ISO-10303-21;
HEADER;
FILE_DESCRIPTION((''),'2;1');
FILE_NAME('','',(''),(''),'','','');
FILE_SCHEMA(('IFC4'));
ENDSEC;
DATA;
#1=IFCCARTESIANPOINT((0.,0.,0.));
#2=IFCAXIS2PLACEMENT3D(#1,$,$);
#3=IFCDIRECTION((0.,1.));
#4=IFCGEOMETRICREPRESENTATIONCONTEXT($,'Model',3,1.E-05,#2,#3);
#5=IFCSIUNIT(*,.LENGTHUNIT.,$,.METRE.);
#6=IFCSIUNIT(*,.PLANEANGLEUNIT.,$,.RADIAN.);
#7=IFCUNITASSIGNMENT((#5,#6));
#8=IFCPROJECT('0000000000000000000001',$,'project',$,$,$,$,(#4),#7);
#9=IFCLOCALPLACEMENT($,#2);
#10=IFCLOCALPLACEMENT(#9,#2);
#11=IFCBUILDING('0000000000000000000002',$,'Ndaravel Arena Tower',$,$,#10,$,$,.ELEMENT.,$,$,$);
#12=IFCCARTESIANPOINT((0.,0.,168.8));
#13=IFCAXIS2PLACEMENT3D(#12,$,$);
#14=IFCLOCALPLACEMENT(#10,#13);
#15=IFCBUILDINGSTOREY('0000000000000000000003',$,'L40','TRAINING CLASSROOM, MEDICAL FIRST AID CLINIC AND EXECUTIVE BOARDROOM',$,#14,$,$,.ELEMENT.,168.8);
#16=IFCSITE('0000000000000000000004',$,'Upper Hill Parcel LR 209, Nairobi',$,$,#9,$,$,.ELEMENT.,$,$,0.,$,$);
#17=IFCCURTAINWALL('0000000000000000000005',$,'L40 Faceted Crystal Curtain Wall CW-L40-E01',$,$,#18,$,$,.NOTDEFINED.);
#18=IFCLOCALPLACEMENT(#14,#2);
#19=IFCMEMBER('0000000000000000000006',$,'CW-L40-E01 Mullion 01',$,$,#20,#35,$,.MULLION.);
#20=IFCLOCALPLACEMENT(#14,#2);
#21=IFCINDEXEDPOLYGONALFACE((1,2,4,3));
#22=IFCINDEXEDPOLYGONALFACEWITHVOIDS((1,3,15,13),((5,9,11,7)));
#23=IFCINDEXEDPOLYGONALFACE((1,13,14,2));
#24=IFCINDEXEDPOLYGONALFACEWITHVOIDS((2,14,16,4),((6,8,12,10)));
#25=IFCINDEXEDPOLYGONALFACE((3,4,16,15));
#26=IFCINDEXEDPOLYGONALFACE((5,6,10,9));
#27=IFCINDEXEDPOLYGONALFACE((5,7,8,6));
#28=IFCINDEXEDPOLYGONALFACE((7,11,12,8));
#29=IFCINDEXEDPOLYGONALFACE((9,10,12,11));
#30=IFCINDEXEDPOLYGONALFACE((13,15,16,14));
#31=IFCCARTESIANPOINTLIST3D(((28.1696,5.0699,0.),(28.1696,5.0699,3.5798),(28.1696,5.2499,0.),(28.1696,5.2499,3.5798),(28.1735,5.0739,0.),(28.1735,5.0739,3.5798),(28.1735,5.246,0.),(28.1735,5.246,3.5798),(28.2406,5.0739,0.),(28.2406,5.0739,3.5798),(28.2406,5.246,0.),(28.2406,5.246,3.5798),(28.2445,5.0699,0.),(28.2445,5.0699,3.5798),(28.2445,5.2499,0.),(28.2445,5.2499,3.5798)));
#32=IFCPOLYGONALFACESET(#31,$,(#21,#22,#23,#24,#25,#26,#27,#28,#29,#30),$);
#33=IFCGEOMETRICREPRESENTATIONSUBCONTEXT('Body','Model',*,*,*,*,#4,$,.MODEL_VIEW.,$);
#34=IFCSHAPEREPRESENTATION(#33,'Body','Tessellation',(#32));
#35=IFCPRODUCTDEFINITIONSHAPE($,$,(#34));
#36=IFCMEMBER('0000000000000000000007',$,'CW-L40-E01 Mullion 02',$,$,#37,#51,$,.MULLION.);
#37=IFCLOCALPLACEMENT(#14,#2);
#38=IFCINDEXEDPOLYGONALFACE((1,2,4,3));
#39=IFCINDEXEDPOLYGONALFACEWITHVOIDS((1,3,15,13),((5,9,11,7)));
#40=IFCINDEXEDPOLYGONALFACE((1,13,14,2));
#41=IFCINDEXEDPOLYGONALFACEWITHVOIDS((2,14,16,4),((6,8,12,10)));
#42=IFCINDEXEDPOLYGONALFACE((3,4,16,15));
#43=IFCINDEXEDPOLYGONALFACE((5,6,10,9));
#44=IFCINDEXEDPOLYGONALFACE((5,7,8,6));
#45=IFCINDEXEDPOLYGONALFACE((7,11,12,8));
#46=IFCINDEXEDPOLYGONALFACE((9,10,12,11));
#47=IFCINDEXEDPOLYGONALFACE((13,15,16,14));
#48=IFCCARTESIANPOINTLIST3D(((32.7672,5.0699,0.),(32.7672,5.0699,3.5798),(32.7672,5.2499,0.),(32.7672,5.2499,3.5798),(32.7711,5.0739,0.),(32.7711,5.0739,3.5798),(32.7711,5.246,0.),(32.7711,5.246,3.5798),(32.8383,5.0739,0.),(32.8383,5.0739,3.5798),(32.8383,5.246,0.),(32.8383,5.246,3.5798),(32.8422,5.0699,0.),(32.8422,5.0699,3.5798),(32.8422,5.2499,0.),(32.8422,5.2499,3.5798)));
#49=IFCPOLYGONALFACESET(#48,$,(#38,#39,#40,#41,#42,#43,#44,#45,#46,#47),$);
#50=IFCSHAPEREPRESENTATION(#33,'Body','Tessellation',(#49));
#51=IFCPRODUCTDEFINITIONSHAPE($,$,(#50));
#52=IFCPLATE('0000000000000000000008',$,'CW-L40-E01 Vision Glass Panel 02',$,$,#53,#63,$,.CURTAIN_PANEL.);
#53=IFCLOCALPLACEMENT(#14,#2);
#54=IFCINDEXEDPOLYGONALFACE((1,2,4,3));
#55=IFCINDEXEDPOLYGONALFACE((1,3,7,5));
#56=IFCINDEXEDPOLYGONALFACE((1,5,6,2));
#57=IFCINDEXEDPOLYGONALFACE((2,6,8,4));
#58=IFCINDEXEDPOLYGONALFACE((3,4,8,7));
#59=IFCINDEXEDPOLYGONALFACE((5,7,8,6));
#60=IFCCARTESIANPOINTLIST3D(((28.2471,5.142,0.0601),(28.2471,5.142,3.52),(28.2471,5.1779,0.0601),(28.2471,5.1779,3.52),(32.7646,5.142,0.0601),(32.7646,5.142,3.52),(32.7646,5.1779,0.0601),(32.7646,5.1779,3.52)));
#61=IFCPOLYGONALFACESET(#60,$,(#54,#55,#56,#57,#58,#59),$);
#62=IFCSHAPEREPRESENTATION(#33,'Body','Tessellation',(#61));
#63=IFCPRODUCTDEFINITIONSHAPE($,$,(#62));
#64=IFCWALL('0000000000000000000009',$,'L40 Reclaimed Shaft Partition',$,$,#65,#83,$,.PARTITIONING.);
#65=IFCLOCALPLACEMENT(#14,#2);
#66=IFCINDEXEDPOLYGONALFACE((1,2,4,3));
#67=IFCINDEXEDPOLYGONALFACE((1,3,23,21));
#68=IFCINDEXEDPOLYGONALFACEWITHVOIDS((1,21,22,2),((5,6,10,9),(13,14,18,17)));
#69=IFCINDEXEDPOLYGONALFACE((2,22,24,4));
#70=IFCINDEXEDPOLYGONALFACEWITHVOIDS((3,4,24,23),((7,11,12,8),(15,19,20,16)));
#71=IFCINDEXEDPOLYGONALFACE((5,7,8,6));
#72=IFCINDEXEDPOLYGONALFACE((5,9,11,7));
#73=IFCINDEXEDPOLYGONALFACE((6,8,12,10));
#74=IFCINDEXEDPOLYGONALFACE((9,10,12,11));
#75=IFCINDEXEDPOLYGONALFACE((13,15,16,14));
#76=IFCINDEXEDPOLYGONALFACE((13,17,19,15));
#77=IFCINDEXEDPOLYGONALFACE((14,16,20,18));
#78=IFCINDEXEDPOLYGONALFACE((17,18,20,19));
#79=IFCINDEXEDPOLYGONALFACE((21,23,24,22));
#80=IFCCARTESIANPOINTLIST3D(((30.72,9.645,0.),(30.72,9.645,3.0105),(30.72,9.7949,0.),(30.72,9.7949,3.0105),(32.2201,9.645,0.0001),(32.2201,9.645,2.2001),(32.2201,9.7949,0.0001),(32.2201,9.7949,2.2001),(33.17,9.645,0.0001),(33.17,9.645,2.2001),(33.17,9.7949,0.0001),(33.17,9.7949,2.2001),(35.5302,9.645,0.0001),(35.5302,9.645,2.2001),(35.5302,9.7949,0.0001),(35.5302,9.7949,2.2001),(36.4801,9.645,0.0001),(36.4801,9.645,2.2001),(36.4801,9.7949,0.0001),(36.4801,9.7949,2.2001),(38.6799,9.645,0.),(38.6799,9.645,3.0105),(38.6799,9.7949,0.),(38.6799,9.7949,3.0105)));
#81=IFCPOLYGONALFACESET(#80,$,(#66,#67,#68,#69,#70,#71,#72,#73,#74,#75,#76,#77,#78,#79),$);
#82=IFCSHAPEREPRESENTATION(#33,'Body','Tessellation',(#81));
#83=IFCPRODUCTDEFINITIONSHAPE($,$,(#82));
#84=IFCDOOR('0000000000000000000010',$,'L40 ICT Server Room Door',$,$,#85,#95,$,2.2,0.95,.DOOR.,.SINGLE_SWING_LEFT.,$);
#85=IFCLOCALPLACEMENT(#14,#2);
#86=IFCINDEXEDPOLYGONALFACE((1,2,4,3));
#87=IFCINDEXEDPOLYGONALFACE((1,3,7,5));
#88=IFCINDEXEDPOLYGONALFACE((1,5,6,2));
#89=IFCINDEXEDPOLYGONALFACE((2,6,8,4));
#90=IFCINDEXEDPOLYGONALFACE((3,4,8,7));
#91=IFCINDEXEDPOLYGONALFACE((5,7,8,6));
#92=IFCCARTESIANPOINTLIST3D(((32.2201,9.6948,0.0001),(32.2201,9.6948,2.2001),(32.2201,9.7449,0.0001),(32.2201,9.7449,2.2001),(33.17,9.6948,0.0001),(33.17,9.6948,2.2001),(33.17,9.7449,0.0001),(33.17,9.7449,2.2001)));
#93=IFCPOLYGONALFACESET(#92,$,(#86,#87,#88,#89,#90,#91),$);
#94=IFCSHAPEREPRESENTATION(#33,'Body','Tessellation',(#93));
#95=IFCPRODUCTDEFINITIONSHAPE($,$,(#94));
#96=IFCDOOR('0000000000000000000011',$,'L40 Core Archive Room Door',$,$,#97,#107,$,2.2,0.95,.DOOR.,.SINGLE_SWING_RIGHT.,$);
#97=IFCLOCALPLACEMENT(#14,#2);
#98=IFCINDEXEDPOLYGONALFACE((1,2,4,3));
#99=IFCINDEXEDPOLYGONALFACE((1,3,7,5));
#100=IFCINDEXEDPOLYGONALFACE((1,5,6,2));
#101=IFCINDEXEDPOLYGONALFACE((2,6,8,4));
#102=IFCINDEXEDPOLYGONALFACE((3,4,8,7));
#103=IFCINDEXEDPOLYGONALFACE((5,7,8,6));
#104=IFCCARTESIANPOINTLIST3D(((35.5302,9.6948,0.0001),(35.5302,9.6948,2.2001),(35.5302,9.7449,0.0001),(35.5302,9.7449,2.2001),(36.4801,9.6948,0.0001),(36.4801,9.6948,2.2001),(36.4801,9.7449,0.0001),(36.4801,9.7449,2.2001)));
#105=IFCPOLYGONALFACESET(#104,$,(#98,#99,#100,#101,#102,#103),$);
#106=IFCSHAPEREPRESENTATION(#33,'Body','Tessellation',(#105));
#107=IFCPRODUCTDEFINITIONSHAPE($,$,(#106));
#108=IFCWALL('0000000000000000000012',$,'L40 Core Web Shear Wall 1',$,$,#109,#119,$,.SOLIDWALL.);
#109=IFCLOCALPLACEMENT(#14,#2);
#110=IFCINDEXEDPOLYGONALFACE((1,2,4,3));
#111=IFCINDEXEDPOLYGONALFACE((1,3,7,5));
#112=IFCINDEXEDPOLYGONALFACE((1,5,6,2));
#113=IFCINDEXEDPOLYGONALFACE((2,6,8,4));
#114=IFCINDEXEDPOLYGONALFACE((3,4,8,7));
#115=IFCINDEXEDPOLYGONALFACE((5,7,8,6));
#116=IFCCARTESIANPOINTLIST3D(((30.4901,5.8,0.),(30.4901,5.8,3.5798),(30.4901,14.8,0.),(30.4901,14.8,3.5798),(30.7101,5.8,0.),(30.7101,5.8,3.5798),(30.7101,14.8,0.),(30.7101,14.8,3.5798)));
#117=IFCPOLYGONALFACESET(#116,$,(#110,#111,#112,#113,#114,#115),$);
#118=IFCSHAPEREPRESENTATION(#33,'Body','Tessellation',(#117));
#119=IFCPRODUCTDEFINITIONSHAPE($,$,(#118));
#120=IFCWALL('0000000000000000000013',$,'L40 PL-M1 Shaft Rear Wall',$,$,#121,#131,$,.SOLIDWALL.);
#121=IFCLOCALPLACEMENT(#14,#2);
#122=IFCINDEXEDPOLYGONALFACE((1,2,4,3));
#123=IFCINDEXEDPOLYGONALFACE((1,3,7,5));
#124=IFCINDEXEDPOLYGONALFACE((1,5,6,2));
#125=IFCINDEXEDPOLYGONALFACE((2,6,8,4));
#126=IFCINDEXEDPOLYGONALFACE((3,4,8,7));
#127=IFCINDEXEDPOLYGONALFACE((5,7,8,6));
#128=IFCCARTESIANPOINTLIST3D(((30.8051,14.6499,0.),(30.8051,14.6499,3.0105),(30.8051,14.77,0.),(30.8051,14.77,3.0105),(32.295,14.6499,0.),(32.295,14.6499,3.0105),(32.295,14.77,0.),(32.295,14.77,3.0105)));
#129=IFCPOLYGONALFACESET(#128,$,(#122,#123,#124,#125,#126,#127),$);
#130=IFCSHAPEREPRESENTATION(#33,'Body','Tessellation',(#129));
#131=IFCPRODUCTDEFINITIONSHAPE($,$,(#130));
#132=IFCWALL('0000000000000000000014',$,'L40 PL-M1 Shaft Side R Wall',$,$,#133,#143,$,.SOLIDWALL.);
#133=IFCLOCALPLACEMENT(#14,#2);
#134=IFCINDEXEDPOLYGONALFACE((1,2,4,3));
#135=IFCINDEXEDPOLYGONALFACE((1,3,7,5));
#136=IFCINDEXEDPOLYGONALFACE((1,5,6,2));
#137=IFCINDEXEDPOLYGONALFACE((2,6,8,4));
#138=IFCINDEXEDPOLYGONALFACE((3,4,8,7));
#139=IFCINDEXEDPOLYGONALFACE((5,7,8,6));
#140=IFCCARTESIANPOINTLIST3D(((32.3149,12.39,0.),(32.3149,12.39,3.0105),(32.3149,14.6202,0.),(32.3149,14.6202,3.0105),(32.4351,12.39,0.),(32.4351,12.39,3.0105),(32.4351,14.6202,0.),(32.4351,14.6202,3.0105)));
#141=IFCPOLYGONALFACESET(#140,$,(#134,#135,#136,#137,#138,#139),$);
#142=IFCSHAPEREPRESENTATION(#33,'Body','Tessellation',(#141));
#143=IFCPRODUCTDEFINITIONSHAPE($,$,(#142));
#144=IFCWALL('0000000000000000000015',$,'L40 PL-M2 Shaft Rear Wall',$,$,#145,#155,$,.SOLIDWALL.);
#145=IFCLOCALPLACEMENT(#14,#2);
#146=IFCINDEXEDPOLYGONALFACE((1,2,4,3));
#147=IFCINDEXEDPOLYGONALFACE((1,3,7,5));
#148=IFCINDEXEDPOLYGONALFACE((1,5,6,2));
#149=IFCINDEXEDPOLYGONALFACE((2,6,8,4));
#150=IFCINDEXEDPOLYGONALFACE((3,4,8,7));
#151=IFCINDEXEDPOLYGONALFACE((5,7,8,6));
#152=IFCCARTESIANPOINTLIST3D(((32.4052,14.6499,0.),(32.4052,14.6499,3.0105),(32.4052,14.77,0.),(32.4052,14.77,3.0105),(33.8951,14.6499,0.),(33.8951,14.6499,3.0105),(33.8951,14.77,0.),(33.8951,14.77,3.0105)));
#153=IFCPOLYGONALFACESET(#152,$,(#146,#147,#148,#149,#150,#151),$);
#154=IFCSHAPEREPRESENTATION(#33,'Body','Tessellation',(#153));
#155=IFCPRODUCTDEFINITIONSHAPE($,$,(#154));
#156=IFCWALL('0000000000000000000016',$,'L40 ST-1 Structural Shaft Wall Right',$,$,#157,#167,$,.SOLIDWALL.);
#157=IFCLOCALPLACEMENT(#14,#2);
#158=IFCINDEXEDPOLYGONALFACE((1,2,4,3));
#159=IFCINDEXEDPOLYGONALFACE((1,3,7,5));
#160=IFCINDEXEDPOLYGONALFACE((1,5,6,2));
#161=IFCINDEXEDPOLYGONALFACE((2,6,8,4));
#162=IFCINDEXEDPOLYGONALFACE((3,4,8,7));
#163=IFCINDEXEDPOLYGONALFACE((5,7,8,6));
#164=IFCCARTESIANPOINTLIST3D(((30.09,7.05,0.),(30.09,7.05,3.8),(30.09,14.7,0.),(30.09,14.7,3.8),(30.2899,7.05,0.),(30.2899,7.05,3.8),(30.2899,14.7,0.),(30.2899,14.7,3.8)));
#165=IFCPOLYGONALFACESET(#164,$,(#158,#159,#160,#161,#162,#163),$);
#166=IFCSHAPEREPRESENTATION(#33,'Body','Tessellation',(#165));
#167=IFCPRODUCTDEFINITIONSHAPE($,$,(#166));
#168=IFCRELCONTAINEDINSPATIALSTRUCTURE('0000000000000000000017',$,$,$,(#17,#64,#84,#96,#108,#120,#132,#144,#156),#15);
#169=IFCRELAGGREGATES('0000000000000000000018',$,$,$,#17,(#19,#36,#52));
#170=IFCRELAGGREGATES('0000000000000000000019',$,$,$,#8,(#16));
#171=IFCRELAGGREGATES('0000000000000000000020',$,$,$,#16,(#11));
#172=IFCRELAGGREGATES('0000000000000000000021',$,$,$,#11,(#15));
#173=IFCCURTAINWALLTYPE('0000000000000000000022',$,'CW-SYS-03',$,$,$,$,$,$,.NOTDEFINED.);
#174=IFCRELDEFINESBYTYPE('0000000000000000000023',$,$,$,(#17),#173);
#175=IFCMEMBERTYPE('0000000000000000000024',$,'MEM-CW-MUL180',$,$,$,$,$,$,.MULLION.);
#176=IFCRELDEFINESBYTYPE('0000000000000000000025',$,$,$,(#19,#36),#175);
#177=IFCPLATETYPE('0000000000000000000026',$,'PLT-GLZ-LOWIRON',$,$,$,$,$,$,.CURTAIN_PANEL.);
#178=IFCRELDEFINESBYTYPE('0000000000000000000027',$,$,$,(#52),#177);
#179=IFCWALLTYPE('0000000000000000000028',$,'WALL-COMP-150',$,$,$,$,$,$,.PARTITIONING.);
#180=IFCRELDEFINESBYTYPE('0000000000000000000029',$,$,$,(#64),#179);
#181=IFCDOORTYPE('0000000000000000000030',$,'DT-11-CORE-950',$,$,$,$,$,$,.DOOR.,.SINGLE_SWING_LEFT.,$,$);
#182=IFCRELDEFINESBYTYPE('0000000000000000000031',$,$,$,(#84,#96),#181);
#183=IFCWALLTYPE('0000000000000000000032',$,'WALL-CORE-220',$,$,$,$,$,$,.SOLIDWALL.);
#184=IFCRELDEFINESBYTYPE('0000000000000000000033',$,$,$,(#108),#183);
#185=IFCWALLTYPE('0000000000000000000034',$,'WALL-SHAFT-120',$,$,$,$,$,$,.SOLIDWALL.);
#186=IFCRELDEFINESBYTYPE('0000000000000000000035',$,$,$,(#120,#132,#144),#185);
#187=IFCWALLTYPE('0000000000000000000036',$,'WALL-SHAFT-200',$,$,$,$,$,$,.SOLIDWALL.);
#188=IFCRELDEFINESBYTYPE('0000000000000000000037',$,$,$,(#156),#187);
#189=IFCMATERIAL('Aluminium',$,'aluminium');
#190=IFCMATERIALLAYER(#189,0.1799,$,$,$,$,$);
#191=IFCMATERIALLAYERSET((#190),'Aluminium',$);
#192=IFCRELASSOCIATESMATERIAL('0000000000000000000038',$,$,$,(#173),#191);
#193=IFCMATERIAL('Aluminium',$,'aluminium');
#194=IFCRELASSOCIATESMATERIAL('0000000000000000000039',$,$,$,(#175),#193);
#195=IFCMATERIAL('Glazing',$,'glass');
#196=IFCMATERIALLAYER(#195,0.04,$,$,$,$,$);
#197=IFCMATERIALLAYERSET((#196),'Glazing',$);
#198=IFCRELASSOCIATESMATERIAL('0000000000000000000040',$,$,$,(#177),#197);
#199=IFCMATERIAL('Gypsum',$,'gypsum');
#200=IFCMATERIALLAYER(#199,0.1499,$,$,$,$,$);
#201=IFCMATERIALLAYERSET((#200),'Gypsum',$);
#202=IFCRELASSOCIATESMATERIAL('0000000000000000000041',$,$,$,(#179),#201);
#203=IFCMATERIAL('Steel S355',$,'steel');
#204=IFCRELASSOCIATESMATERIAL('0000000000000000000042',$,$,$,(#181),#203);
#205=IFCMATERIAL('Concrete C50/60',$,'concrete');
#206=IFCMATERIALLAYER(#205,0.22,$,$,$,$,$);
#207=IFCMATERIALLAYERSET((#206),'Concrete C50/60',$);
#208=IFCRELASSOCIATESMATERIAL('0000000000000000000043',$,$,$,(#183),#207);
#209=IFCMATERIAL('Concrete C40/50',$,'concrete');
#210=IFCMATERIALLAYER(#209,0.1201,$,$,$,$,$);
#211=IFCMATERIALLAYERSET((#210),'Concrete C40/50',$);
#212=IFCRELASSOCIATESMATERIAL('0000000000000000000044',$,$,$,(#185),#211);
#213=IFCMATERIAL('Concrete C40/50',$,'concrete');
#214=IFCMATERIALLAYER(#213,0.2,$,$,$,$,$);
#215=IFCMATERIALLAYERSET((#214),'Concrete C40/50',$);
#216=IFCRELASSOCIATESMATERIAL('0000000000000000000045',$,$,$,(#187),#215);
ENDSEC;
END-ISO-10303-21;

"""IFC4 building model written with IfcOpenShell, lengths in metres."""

from ifc_helpers import new_model, si_unit, direction, frame, frame_2d, origin, origin_2d, place, context, subcontext, project, spatial, rectangle, hollow_rectangle, extrude, material, layer, layer_set, material_profile, profile_set, type_object, element, fill, aggregate, save


model = new_model("IFC4")

# Units and contexts
model_context = context("Model", 3, precision=1e-05, world=origin(), true_north=direction((0.0, 1.0)))
body_context = subcontext(model_context, "Body", "Model", "MODEL_VIEW")
ifc_project = project(units=[si_unit("LENGTHUNIT", "METRE"), si_unit("PLANEANGLEUNIT", "RADIAN")], contexts=[model_context])

# Site, building, storey
site_placement = place(None, origin())
site = spatial("IfcSite", under=ifc_project, at=site_placement, Name="Upper Hill Parcel LR 209, Nairobi", CompositionType="ELEMENT", RefElevation=0.0)
building_placement = place(site_placement, origin())
building = spatial("IfcBuilding", under=site, at=building_placement, Name="Ndaravel Arena Tower", CompositionType="ELEMENT")
storey_placement = place(building_placement, frame((0.0, 0.0, 168.8)))
storey = spatial("IfcBuildingStorey", under=building, at=storey_placement, Name="L40", Description="TRAINING CLASSROOM, MEDICAL FIRST AID CLINIC AND EXECUTIVE BOARDROOM", CompositionType="ELEMENT", Elevation=168.8)

# Curtain wall, members, plate
ifc_material_1 = material(Name="Aluminium", Category="aluminium")
ifc_layer_1 = layer(ifc_material_1, 0.1799)
ifc_layer_set_1 = layer_set([ifc_layer_1], Name="Aluminium")
curtain_wall_type = type_object("IfcCurtainWallType", Name="CW-SYS-03", PredefinedType="NOTDEFINED", material=ifc_layer_set_1)
curtain_wall_placement = place(storey_placement, origin())
curtain_wall = element("IfcCurtainWall", 1, at=curtain_wall_placement, inside=storey, type_object=curtain_wall_type, Name="L40 Faceted Crystal Curtain Wall CW-L40-E01", PredefinedType="NOTDEFINED")
ifc_material_2 = material(Name="Aluminium", Category="aluminium")
ifc_material_profile = material_profile(ifc_material_2, hollow_rectangle(XDim=0.075, YDim=0.1799, WallThickness=0.0039, at=origin_2d()), Name="CW MULLION 75x180x4")
ifc_profile_set = profile_set([ifc_material_profile], Name="Aluminium")
member_type = type_object("IfcMemberType", Name="MEM-CW-MUL180", PredefinedType="MULLION", material=ifc_profile_set)
member_1_placement = place(storey_placement, frame((28.207, 5.1599, 0.0), z_axis=(0.0, 0.0, 1.0), x_axis=(1.0, 0.0, 0.0)))
member_1 = element("IfcMember", 2, at=member_1_placement, type_object=member_type, Name="CW-L40-E01 Mullion 01", PredefinedType="MULLION", context=body_context, shape_type="SweptSolid", body=[
    extrude(hollow_rectangle(XDim=0.075, YDim=0.1799, WallThickness=0.0039, at=origin_2d()), origin(), (0.0, 0.0, 1.0), 3.5798),
])
member_2_placement = place(storey_placement, frame((32.8047, 5.1599, 0.0), z_axis=(0.0, 0.0, 1.0), x_axis=(1.0, 0.0, 0.0)))
member_2 = element("IfcMember", 3, at=member_2_placement, type_object=member_type, Name="CW-L40-E01 Mullion 02", PredefinedType="MULLION", context=body_context, shape_type="SweptSolid", body=[
    extrude(hollow_rectangle(XDim=0.075, YDim=0.1799, WallThickness=0.0039, at=origin_2d()), origin(), (0.0, 0.0, 1.0), 3.5798),
])
ifc_material_3 = material(Name="Glazing", Category="glass")
ifc_layer_2 = layer(ifc_material_3, 0.04)
ifc_layer_set_2 = layer_set([ifc_layer_2], Name="Glazing")
plate_type = type_object("IfcPlateType", Name="PLT-GLZ-LOWIRON", PredefinedType="CURTAIN_PANEL", material=ifc_layer_set_2)
plate_placement = place(storey_placement, frame((30.5059, 5.1599, 0.0601), z_axis=(0.0, 0.0, 1.0), x_axis=(1.0, 0.0, 0.0)))
plate = element("IfcPlate", 4, at=plate_placement, type_object=plate_type, Name="CW-L40-E01 Vision Glass Panel 02", PredefinedType="CURTAIN_PANEL", context=body_context, shape_type="SweptSolid", body=[
    extrude(rectangle(XDim=4.5176, YDim=0.0359, at=origin_2d()), origin(), (0.0, 0.0, 1.0), 3.46),
])
aggregate(curtain_wall, [member_1, member_2, plate])

# Wall, openings, doors
ifc_material_4 = material(Name="Gypsum", Category="gypsum")
ifc_layer_3 = layer(ifc_material_4, 0.1499)
ifc_layer_set_3 = layer_set([ifc_layer_3], Name="Gypsum")
wall_type_1 = type_object("IfcWallType", Name="WALL-COMP-150", PredefinedType="PARTITIONING", material=ifc_layer_set_3)
wall_1_placement = place(storey_placement, frame((30.72, 9.72, 0.0), z_axis=(0.0, 0.0, 1.0), x_axis=(1.0, 0.0, 0.0)))
wall_1 = element("IfcWall", 5, at=wall_1_placement, inside=storey, type_object=wall_type_1, Name="L40 Reclaimed Shaft Partition", PredefinedType="PARTITIONING", context=body_context, shape_type="SweptSolid", body=[
    extrude(rectangle(XDim=7.96, YDim=0.1499, at=frame_2d((3.98, 0.0))), origin(), (0.0, 0.0, 1.0), 3.0105),
])
opening_1_placement = place(wall_1_placement, frame((1.5, 0.0, 0.0)))
opening_1 = element("IfcOpeningElement", 6, at=opening_1_placement, cuts=wall_1, PredefinedType="OPENING", context=body_context, shape_type="SweptSolid", body=[
    extrude(rectangle(XDim=0.95, YDim=2.2, at=frame_2d((0.4751, 1.1001))), frame((0.0, 0.075, 0.0), z_axis=(0.0, -1.0, 0.0), x_axis=(1.0, 0.0, 0.0)), (0.0, 0.0, 1.0), 0.1499),
])
opening_2_placement = place(wall_1_placement, frame((4.8101, 0.0, 0.0)))
opening_2 = element("IfcOpeningElement", 7, at=opening_2_placement, cuts=wall_1, PredefinedType="OPENING", context=body_context, shape_type="SweptSolid", body=[
    extrude(rectangle(XDim=0.95, YDim=2.2, at=frame_2d((0.4751, 1.1001))), frame((0.0, 0.075, 0.0), z_axis=(0.0, -1.0, 0.0), x_axis=(1.0, 0.0, 0.0)), (0.0, 0.0, 1.0), 0.1499),
])
ifc_material_5 = material(Name="Steel S355", Category="steel")
door_type_1 = type_object("IfcDoorType", Name="DT-11-CORE-950", OperationType="SINGLE_SWING_LEFT", PredefinedType="DOOR", material=ifc_material_5)
door_1_placement = place(opening_1_placement, origin())
door_1 = element("IfcDoor", 8, at=door_1_placement, inside=storey, type_object=door_type_1, Name="L40 ICT Server Room Door", OperationType="SINGLE_SWING_LEFT", OverallHeight=2.2, OverallWidth=0.95, PredefinedType="DOOR", context=body_context, shape_type="SweptSolid", body=[
    extrude(rectangle(XDim=0.95, YDim=2.2, at=frame_2d((0.4751, 1.1001))), frame((0.0, 0.0249, 0.0), z_axis=(0.0, -1.0, 0.0), x_axis=(1.0, 0.0, 0.0)), (0.0, 0.0, 1.0), 0.05),
])
fill(opening_1, door_1)
door_2_placement = place(opening_2_placement, origin())
door_2 = element("IfcDoor", 9, at=door_2_placement, inside=storey, type_object=door_type_1, Name="L40 Core Archive Room Door", OperationType="SINGLE_SWING_RIGHT", OverallHeight=2.2, OverallWidth=0.95, PredefinedType="DOOR", context=body_context, shape_type="SweptSolid", body=[
    extrude(rectangle(XDim=0.95, YDim=2.2, at=frame_2d((0.4751, 1.1001))), frame((0.0, 0.0249, 0.0), z_axis=(0.0, -1.0, 0.0), x_axis=(1.0, 0.0, 0.0)), (0.0, 0.0, 1.0), 0.05),
])
fill(opening_2, door_2)

# Walls
ifc_material_6 = material(Name="Concrete C50/60", Category="concrete")
ifc_layer_4 = layer(ifc_material_6, 0.22)
ifc_layer_set_4 = layer_set([ifc_layer_4], Name="Concrete C50/60")
wall_type_2 = type_object("IfcWallType", Name="WALL-CORE-220", PredefinedType="SOLIDWALL", material=ifc_layer_set_4)
wall_2_placement = place(storey_placement, frame((30.6001, 5.8, 0.0), z_axis=(0.0, 0.0, 1.0), x_axis=(0.0, 1.0, 0.0)))
element("IfcWall", 10, at=wall_2_placement, inside=storey, type_object=wall_type_2, Name="L40 Core Web Shear Wall 1", PredefinedType="SOLIDWALL", context=body_context, shape_type="SweptSolid", body=[
    extrude(rectangle(XDim=9.0, YDim=0.22, at=frame_2d((4.5, 0.0))), origin(), (0.0, 0.0, 1.0), 3.5798),
])
ifc_material_7 = material(Name="Concrete C40/50", Category="concrete")
ifc_layer_5 = layer(ifc_material_7, 0.1201)
ifc_layer_set_5 = layer_set([ifc_layer_5], Name="Concrete C40/50")
wall_type_3 = type_object("IfcWallType", Name="WALL-SHAFT-120", PredefinedType="SOLIDWALL", material=ifc_layer_set_5)
wall_3_placement = place(storey_placement, frame((30.8049, 14.71, 0.0), z_axis=(0.0, 0.0, 1.0), x_axis=(1.0, 0.0, 0.0)))
element("IfcWall", 11, at=wall_3_placement, inside=storey, type_object=wall_type_3, Name="L40 PL-M1 Shaft Rear Wall", PredefinedType="SOLIDWALL", context=body_context, shape_type="SweptSolid", body=[
    extrude(rectangle(XDim=1.49, YDim=0.1201, at=frame_2d((0.7451, 0.0))), origin(), (0.0, 0.0, 1.0), 3.0105),
])
wall_4_placement = place(storey_placement, frame((32.375, 12.3899, 0.0), z_axis=(0.0, 0.0, 1.0), x_axis=(0.0, 1.0, 0.0)))
element("IfcWall", 12, at=wall_4_placement, inside=storey, type_object=wall_type_3, Name="L40 PL-M1 Shaft Side R Wall", PredefinedType="SOLIDWALL", context=body_context, shape_type="SweptSolid", body=[
    extrude(rectangle(XDim=2.2302, YDim=0.1201, at=frame_2d((1.1152, 0.0))), origin(), (0.0, 0.0, 1.0), 3.0105),
])
wall_5_placement = place(storey_placement, frame((32.405, 14.71, 0.0), z_axis=(0.0, 0.0, 1.0), x_axis=(1.0, 0.0, 0.0)))
element("IfcWall", 13, at=wall_5_placement, inside=storey, type_object=wall_type_3, Name="L40 PL-M2 Shaft Rear Wall", PredefinedType="SOLIDWALL", context=body_context, shape_type="SweptSolid", body=[
    extrude(rectangle(XDim=1.49, YDim=0.1201, at=frame_2d((0.7451, 0.0))), origin(), (0.0, 0.0, 1.0), 3.0105),
])
ifc_material_8 = material(Name="Concrete C40/50", Category="concrete")
ifc_layer_6 = layer(ifc_material_8, 0.2)
ifc_layer_set_6 = layer_set([ifc_layer_6], Name="Concrete C40/50")
wall_type_4 = type_object("IfcWallType", Name="WALL-SHAFT-200", PredefinedType="SOLIDWALL", material=ifc_layer_set_6)
wall_6_placement = place(storey_placement, frame((30.1899, 14.7, 0.0), z_axis=(0.0, 0.0, 1.0), x_axis=(0.0, -1.0, 0.0)))
element("IfcWall", 14, at=wall_6_placement, inside=storey, type_object=wall_type_4, Name="L40 ST-1 Structural Shaft Wall Right", PredefinedType="SOLIDWALL", context=body_context, shape_type="SweptSolid", body=[
    extrude(rectangle(XDim=7.6499, YDim=0.2, at=frame_2d((3.825, 0.0))), origin(), (0.0, 0.0, 1.0), 3.8),
])

save(model, "model.ifc")
